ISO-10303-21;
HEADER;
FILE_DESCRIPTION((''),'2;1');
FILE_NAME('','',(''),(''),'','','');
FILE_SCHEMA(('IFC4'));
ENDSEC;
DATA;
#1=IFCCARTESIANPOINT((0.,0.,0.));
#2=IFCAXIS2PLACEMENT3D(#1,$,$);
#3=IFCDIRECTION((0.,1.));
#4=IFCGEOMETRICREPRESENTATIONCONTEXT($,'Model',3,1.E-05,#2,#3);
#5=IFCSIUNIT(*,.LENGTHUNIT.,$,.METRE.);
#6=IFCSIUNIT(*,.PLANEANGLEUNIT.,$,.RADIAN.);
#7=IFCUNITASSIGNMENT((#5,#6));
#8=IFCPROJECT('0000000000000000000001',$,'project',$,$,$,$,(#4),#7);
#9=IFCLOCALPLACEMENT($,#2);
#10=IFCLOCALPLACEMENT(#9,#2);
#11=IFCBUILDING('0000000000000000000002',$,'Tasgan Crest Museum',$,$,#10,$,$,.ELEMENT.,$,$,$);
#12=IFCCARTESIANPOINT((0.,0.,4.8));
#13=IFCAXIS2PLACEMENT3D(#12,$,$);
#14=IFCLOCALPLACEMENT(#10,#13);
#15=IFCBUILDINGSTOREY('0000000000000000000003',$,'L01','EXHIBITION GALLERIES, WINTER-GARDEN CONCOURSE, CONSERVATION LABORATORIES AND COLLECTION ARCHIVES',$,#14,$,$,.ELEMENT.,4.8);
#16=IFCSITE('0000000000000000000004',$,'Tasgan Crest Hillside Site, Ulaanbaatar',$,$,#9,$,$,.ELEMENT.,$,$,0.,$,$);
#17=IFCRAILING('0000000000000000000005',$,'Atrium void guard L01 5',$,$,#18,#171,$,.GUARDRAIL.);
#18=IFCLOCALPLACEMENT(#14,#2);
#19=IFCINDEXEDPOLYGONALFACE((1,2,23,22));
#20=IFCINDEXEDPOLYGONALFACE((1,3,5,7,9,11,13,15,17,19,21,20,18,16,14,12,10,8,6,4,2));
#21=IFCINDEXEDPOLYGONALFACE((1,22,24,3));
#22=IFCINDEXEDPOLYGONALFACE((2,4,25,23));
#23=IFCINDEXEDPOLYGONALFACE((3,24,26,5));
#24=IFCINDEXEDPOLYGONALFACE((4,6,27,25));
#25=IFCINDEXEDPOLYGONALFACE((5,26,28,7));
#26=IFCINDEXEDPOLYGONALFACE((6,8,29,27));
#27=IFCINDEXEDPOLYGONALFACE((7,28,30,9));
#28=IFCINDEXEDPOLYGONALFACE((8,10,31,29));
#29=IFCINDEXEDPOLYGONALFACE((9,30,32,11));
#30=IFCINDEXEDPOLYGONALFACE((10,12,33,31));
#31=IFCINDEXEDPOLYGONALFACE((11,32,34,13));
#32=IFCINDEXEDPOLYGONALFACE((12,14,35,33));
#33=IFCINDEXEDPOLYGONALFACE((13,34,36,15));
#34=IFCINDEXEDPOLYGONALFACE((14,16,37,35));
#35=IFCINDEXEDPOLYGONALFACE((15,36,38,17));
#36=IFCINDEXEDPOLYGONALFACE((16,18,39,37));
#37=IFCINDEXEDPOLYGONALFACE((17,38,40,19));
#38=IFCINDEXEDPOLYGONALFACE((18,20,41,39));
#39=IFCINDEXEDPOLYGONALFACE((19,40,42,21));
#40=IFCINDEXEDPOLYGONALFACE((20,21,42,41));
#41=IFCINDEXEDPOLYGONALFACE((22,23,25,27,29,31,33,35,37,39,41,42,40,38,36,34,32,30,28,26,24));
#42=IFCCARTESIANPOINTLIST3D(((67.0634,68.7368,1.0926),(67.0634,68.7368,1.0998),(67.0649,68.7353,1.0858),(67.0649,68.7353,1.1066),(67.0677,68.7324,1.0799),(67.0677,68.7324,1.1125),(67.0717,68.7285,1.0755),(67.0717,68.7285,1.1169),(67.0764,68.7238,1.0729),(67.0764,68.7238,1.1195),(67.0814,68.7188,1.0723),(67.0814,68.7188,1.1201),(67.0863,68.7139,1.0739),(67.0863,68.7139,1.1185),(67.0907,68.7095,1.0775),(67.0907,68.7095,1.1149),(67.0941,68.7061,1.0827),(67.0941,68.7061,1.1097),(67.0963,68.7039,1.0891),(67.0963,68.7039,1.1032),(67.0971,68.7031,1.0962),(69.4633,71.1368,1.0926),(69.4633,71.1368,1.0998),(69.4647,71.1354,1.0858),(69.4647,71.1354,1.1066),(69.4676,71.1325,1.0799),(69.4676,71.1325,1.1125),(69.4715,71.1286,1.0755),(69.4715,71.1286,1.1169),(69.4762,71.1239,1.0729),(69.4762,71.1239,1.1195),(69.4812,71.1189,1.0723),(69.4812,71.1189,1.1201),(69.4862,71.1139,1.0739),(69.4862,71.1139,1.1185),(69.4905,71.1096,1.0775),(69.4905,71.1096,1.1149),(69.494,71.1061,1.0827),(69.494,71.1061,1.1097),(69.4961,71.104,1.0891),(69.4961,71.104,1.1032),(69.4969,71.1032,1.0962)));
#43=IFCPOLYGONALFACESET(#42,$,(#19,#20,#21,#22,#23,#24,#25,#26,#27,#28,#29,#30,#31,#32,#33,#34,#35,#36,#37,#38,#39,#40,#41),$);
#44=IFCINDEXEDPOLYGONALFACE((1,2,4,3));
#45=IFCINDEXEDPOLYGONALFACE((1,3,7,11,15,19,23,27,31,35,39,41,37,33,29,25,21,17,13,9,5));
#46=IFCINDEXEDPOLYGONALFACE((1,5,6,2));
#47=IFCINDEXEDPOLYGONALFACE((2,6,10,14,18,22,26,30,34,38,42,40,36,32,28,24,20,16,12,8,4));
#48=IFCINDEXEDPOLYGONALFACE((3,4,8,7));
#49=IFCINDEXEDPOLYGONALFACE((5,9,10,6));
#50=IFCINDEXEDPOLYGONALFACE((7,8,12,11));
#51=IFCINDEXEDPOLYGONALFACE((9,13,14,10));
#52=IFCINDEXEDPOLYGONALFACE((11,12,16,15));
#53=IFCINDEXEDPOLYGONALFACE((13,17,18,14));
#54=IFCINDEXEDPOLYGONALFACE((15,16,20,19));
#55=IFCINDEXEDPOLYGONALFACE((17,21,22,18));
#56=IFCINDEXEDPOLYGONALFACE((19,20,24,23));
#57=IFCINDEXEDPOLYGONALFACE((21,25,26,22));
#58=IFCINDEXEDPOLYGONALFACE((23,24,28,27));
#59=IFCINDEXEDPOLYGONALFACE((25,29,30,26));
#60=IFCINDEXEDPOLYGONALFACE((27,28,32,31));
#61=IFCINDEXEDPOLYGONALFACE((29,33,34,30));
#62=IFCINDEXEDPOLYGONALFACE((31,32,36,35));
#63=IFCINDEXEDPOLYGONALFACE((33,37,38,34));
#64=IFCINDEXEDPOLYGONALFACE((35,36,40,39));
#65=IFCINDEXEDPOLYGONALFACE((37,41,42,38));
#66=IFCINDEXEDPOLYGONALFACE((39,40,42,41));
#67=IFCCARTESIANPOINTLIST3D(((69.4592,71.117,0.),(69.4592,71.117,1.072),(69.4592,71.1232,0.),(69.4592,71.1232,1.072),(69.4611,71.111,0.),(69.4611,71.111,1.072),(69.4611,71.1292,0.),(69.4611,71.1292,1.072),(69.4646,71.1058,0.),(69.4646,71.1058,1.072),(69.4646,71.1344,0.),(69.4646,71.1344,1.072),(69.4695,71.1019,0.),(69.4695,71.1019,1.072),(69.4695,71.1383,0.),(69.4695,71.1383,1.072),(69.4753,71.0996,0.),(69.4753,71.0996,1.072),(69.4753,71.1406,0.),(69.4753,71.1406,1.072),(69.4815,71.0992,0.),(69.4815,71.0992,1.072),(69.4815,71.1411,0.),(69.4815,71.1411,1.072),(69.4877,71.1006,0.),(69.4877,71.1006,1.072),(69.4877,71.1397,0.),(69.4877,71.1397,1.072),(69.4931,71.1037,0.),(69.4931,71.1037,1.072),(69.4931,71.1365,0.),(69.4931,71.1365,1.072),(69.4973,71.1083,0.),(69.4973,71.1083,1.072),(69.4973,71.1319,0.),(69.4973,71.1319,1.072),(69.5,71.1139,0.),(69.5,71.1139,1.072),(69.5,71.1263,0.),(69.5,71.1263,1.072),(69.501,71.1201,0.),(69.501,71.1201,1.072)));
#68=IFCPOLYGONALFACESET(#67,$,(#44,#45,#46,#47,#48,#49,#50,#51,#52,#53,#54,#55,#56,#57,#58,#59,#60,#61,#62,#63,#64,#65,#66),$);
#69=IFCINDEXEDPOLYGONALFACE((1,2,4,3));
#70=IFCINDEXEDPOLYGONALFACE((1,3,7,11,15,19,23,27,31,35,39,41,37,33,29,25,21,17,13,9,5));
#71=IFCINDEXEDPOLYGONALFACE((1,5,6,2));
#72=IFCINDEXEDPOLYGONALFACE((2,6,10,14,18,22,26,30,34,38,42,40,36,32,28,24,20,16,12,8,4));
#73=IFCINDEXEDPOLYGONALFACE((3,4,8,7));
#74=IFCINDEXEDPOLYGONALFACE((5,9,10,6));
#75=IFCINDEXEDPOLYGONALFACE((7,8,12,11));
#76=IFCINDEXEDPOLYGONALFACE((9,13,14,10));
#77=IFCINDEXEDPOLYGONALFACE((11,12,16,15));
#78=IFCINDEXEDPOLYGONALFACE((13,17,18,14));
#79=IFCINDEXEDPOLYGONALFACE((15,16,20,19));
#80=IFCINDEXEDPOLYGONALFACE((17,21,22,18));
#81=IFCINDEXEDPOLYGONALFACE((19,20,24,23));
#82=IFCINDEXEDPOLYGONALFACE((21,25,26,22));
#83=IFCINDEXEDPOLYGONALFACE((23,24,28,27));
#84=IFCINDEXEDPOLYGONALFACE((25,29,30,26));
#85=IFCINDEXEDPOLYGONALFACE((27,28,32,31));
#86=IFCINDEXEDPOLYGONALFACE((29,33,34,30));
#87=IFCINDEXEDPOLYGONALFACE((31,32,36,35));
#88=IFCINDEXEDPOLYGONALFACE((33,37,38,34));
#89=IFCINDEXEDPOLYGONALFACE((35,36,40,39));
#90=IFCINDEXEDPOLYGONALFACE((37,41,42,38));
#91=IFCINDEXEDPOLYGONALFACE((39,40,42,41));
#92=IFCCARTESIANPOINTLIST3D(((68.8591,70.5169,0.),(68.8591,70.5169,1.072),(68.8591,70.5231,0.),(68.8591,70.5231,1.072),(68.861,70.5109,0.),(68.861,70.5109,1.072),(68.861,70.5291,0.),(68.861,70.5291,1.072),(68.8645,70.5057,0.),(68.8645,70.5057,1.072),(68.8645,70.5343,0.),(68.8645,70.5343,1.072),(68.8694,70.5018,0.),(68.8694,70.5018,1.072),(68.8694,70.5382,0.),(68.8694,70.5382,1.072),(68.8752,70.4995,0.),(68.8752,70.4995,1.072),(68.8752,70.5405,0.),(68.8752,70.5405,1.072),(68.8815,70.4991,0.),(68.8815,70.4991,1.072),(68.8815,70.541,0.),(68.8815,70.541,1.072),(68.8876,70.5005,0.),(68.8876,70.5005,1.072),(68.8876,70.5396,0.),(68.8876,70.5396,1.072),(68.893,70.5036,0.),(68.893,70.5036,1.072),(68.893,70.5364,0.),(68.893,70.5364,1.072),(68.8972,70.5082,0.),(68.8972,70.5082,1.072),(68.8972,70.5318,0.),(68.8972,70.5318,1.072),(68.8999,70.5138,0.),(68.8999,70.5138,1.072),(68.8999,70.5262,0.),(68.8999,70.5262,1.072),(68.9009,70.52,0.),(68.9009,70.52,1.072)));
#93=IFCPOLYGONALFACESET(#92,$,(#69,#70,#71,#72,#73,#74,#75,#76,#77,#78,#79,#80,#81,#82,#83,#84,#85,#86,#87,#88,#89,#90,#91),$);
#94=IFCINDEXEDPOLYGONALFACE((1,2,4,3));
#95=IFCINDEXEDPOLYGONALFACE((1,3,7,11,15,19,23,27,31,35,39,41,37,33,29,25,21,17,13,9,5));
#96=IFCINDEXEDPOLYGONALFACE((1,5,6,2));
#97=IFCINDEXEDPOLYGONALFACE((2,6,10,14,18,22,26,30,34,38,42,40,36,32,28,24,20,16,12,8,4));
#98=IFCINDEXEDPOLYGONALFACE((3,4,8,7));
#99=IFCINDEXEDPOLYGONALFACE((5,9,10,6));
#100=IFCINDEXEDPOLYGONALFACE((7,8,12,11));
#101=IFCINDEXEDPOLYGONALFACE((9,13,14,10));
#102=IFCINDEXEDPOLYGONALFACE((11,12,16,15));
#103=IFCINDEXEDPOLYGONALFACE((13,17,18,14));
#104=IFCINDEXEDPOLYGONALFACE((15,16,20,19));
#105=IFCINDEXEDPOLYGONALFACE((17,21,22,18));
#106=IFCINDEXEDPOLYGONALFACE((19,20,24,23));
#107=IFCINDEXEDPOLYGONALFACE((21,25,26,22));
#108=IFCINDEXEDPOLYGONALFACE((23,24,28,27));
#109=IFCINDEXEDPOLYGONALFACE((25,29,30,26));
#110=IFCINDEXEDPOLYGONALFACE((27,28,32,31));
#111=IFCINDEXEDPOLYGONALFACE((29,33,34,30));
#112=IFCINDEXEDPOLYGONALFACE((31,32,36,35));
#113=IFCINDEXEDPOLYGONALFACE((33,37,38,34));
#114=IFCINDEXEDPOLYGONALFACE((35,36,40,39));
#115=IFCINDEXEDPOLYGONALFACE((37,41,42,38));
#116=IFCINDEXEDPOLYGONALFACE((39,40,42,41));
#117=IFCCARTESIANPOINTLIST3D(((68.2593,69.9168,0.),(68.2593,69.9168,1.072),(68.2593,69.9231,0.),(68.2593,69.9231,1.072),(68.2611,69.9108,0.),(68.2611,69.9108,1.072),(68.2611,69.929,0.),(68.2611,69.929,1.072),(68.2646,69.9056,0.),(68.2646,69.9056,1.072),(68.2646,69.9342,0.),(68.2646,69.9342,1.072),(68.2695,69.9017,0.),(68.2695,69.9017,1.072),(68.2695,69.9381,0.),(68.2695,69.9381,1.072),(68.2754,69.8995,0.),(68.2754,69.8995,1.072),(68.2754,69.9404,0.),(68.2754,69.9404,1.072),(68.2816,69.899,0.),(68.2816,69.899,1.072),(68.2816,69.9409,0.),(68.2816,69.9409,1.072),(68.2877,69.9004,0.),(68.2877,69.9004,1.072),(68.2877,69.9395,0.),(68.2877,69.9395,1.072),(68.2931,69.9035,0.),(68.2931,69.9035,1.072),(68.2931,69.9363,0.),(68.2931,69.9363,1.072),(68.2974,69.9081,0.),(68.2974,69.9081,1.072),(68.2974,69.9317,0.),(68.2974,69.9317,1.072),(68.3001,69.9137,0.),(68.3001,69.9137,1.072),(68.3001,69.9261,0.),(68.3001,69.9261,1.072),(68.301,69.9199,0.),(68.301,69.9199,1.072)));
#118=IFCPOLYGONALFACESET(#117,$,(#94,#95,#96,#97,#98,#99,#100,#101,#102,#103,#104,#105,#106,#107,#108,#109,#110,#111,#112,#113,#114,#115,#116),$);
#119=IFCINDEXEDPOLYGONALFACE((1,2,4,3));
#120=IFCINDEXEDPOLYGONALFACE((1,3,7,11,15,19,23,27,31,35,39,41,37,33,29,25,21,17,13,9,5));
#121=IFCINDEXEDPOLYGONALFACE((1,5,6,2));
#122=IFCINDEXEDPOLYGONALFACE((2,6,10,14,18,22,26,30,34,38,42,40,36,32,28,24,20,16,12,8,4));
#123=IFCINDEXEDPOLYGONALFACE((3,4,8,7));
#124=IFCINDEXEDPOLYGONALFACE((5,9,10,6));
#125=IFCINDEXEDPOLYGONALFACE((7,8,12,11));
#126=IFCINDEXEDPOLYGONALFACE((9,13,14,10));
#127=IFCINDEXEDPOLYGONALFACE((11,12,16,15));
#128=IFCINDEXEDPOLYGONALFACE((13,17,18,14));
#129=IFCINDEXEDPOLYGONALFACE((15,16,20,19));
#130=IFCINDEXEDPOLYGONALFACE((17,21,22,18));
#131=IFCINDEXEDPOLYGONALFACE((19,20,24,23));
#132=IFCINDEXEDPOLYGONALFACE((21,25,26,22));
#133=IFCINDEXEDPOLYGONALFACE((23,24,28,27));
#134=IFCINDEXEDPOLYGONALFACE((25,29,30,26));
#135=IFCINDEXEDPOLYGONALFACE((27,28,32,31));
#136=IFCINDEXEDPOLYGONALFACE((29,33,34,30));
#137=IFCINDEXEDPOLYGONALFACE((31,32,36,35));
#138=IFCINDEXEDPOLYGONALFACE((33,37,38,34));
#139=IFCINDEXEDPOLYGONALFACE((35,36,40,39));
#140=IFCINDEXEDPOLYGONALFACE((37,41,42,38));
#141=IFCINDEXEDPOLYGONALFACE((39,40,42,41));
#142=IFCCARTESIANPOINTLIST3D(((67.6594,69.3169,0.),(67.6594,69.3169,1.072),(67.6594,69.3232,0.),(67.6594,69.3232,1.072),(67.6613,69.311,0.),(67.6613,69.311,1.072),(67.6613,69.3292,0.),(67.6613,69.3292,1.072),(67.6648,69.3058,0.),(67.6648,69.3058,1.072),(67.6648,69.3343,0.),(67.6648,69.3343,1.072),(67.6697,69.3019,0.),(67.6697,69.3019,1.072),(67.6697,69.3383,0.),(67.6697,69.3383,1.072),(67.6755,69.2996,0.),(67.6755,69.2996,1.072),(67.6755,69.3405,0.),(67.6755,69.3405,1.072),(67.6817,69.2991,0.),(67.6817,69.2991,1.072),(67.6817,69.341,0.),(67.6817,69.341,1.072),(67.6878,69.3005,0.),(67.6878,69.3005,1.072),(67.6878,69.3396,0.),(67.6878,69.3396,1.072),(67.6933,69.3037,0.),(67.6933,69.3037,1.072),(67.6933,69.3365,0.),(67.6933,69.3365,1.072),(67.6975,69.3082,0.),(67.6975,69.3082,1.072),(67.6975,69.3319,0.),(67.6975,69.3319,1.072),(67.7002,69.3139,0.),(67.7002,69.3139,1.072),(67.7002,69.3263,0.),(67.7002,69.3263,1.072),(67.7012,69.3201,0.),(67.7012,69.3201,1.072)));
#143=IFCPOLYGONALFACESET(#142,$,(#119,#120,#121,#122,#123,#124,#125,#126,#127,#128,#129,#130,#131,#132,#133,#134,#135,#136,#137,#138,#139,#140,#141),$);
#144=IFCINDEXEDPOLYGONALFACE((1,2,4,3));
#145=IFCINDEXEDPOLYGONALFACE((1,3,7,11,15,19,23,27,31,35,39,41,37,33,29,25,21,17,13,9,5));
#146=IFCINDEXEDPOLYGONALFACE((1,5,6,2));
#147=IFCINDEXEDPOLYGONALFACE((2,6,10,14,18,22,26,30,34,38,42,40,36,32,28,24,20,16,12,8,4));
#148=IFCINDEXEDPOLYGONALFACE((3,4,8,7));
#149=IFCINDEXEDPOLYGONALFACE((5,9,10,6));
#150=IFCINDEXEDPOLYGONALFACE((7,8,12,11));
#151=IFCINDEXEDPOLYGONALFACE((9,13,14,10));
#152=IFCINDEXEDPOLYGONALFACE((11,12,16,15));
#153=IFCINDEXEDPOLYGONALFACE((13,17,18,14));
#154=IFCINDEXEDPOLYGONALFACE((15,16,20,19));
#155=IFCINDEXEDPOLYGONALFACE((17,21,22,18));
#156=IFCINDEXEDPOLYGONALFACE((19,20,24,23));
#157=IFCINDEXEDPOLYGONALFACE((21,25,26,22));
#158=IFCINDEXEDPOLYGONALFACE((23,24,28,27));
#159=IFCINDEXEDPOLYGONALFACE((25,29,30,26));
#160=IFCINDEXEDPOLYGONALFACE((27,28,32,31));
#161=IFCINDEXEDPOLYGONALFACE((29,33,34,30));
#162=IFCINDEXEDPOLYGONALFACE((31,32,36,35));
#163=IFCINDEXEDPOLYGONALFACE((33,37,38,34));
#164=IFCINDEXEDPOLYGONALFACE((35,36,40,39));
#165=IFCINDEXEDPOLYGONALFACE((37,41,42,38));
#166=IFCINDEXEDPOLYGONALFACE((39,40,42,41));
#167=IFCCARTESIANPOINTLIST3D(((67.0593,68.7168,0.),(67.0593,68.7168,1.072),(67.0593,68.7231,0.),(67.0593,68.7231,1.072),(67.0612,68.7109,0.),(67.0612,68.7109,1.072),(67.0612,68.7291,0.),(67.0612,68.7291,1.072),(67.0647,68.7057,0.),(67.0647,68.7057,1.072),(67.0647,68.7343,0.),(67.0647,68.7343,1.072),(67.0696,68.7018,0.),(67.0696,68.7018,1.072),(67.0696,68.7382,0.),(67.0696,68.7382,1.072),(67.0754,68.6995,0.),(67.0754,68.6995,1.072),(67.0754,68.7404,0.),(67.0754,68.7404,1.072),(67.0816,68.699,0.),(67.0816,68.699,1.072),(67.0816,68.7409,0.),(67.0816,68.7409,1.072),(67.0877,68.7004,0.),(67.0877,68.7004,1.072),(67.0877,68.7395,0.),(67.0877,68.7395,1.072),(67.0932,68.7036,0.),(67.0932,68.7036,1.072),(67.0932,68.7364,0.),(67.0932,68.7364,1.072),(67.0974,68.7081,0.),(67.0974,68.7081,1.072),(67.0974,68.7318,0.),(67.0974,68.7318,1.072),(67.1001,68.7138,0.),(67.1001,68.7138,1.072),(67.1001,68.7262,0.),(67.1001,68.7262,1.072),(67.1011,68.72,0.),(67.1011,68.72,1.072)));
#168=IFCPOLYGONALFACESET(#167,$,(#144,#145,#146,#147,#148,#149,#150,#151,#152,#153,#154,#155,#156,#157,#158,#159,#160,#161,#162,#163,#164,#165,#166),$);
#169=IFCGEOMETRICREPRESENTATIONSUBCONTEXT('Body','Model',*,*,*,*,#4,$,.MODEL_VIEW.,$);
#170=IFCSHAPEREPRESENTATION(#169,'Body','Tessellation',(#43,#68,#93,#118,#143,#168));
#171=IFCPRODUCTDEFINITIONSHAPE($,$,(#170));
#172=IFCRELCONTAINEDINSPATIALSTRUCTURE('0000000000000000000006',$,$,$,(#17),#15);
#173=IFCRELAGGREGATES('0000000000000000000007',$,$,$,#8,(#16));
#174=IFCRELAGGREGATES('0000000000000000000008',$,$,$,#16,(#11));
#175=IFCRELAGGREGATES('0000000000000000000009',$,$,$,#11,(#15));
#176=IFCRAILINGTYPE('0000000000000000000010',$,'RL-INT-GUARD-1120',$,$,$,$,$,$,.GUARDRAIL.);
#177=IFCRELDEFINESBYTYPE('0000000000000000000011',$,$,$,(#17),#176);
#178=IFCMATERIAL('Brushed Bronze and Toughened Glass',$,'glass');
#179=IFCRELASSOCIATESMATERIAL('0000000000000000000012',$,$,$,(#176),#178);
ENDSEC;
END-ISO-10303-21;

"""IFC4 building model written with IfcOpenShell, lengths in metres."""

from ifc_helpers import new_model, si_unit, direction, frame, origin, origin_2d, place, context, subcontext, project, spatial, circle, extrude, material, type_object, element, save


model = new_model("IFC4")

# Units and contexts
model_context = context("Model", 3, precision=1e-05, world=origin(), true_north=direction((0.0, 1.0)))
body_context = subcontext(model_context, "Body", "Model", "MODEL_VIEW")
ifc_project = project(units=[si_unit("LENGTHUNIT", "METRE"), si_unit("PLANEANGLEUNIT", "RADIAN")], contexts=[model_context])

# Site, building, storey
site_placement = place(None, origin())
site = spatial("IfcSite", under=ifc_project, at=site_placement, Name="Tasgan Crest Hillside Site, Ulaanbaatar", CompositionType="ELEMENT", RefElevation=0.0)
building_placement = place(site_placement, origin())
building = spatial("IfcBuilding", under=site, at=building_placement, Name="Tasgan Crest Museum", CompositionType="ELEMENT")
storey_placement = place(building_placement, frame((0.0, 0.0, 4.8)))
storey = spatial("IfcBuildingStorey", under=building, at=storey_placement, Name="L01", Description="EXHIBITION GALLERIES, WINTER-GARDEN CONCOURSE, CONSERVATION LABORATORIES AND COLLECTION ARCHIVES", CompositionType="ELEMENT", Elevation=4.8)

# Railing
ifc_material_1 = material(Name="Brushed Bronze and Toughened Glass", Category="glass")
railing_type = type_object("IfcRailingType", Name="RL-INT-GUARD-1120", PredefinedType="GUARDRAIL", material=ifc_material_1)
railing_1_placement = place(storey_placement, frame((69.48, 71.1201, 0.0)))
element("IfcRailing", 1, at=railing_1_placement, inside=storey, type_object=railing_type, Name="Atrium void guard L01 5", PredefinedType="GUARDRAIL", context=body_context, shape_type="SweptSolid", body=[
    extrude(circle(Radius=0.0239, at=origin_2d()), frame((0.0, 0.0, 1.0962), z_axis=(-0.707071, -0.707143, 0.0), x_axis=(0.707143, -0.707071, 0.0)), (0.0, 0.0, 1.0), 3.394),
    extrude(circle(Radius=0.021, at=origin_2d()), origin(), (0.0, 0.0, 1.0), 1.072),
    extrude(circle(Radius=0.021, at=origin_2d()), frame((-0.6001, -0.6001, 0.0)), (0.0, 0.0, 1.0), 1.072),
    extrude(circle(Radius=0.021, at=origin_2d()), frame((-1.2, -1.2002, 0.0)), (0.0, 0.0, 1.0), 1.072),
    extrude(circle(Radius=0.021, at=origin_2d()), frame((-1.7998, -1.8, 0.0)), (0.0, 0.0, 1.0), 1.072),
    extrude(circle(Radius=0.021, at=origin_2d()), frame((-2.3999, -2.4001, 0.0)), (0.0, 0.0, 1.0), 1.072),
])

save(model, "model.ifc")
